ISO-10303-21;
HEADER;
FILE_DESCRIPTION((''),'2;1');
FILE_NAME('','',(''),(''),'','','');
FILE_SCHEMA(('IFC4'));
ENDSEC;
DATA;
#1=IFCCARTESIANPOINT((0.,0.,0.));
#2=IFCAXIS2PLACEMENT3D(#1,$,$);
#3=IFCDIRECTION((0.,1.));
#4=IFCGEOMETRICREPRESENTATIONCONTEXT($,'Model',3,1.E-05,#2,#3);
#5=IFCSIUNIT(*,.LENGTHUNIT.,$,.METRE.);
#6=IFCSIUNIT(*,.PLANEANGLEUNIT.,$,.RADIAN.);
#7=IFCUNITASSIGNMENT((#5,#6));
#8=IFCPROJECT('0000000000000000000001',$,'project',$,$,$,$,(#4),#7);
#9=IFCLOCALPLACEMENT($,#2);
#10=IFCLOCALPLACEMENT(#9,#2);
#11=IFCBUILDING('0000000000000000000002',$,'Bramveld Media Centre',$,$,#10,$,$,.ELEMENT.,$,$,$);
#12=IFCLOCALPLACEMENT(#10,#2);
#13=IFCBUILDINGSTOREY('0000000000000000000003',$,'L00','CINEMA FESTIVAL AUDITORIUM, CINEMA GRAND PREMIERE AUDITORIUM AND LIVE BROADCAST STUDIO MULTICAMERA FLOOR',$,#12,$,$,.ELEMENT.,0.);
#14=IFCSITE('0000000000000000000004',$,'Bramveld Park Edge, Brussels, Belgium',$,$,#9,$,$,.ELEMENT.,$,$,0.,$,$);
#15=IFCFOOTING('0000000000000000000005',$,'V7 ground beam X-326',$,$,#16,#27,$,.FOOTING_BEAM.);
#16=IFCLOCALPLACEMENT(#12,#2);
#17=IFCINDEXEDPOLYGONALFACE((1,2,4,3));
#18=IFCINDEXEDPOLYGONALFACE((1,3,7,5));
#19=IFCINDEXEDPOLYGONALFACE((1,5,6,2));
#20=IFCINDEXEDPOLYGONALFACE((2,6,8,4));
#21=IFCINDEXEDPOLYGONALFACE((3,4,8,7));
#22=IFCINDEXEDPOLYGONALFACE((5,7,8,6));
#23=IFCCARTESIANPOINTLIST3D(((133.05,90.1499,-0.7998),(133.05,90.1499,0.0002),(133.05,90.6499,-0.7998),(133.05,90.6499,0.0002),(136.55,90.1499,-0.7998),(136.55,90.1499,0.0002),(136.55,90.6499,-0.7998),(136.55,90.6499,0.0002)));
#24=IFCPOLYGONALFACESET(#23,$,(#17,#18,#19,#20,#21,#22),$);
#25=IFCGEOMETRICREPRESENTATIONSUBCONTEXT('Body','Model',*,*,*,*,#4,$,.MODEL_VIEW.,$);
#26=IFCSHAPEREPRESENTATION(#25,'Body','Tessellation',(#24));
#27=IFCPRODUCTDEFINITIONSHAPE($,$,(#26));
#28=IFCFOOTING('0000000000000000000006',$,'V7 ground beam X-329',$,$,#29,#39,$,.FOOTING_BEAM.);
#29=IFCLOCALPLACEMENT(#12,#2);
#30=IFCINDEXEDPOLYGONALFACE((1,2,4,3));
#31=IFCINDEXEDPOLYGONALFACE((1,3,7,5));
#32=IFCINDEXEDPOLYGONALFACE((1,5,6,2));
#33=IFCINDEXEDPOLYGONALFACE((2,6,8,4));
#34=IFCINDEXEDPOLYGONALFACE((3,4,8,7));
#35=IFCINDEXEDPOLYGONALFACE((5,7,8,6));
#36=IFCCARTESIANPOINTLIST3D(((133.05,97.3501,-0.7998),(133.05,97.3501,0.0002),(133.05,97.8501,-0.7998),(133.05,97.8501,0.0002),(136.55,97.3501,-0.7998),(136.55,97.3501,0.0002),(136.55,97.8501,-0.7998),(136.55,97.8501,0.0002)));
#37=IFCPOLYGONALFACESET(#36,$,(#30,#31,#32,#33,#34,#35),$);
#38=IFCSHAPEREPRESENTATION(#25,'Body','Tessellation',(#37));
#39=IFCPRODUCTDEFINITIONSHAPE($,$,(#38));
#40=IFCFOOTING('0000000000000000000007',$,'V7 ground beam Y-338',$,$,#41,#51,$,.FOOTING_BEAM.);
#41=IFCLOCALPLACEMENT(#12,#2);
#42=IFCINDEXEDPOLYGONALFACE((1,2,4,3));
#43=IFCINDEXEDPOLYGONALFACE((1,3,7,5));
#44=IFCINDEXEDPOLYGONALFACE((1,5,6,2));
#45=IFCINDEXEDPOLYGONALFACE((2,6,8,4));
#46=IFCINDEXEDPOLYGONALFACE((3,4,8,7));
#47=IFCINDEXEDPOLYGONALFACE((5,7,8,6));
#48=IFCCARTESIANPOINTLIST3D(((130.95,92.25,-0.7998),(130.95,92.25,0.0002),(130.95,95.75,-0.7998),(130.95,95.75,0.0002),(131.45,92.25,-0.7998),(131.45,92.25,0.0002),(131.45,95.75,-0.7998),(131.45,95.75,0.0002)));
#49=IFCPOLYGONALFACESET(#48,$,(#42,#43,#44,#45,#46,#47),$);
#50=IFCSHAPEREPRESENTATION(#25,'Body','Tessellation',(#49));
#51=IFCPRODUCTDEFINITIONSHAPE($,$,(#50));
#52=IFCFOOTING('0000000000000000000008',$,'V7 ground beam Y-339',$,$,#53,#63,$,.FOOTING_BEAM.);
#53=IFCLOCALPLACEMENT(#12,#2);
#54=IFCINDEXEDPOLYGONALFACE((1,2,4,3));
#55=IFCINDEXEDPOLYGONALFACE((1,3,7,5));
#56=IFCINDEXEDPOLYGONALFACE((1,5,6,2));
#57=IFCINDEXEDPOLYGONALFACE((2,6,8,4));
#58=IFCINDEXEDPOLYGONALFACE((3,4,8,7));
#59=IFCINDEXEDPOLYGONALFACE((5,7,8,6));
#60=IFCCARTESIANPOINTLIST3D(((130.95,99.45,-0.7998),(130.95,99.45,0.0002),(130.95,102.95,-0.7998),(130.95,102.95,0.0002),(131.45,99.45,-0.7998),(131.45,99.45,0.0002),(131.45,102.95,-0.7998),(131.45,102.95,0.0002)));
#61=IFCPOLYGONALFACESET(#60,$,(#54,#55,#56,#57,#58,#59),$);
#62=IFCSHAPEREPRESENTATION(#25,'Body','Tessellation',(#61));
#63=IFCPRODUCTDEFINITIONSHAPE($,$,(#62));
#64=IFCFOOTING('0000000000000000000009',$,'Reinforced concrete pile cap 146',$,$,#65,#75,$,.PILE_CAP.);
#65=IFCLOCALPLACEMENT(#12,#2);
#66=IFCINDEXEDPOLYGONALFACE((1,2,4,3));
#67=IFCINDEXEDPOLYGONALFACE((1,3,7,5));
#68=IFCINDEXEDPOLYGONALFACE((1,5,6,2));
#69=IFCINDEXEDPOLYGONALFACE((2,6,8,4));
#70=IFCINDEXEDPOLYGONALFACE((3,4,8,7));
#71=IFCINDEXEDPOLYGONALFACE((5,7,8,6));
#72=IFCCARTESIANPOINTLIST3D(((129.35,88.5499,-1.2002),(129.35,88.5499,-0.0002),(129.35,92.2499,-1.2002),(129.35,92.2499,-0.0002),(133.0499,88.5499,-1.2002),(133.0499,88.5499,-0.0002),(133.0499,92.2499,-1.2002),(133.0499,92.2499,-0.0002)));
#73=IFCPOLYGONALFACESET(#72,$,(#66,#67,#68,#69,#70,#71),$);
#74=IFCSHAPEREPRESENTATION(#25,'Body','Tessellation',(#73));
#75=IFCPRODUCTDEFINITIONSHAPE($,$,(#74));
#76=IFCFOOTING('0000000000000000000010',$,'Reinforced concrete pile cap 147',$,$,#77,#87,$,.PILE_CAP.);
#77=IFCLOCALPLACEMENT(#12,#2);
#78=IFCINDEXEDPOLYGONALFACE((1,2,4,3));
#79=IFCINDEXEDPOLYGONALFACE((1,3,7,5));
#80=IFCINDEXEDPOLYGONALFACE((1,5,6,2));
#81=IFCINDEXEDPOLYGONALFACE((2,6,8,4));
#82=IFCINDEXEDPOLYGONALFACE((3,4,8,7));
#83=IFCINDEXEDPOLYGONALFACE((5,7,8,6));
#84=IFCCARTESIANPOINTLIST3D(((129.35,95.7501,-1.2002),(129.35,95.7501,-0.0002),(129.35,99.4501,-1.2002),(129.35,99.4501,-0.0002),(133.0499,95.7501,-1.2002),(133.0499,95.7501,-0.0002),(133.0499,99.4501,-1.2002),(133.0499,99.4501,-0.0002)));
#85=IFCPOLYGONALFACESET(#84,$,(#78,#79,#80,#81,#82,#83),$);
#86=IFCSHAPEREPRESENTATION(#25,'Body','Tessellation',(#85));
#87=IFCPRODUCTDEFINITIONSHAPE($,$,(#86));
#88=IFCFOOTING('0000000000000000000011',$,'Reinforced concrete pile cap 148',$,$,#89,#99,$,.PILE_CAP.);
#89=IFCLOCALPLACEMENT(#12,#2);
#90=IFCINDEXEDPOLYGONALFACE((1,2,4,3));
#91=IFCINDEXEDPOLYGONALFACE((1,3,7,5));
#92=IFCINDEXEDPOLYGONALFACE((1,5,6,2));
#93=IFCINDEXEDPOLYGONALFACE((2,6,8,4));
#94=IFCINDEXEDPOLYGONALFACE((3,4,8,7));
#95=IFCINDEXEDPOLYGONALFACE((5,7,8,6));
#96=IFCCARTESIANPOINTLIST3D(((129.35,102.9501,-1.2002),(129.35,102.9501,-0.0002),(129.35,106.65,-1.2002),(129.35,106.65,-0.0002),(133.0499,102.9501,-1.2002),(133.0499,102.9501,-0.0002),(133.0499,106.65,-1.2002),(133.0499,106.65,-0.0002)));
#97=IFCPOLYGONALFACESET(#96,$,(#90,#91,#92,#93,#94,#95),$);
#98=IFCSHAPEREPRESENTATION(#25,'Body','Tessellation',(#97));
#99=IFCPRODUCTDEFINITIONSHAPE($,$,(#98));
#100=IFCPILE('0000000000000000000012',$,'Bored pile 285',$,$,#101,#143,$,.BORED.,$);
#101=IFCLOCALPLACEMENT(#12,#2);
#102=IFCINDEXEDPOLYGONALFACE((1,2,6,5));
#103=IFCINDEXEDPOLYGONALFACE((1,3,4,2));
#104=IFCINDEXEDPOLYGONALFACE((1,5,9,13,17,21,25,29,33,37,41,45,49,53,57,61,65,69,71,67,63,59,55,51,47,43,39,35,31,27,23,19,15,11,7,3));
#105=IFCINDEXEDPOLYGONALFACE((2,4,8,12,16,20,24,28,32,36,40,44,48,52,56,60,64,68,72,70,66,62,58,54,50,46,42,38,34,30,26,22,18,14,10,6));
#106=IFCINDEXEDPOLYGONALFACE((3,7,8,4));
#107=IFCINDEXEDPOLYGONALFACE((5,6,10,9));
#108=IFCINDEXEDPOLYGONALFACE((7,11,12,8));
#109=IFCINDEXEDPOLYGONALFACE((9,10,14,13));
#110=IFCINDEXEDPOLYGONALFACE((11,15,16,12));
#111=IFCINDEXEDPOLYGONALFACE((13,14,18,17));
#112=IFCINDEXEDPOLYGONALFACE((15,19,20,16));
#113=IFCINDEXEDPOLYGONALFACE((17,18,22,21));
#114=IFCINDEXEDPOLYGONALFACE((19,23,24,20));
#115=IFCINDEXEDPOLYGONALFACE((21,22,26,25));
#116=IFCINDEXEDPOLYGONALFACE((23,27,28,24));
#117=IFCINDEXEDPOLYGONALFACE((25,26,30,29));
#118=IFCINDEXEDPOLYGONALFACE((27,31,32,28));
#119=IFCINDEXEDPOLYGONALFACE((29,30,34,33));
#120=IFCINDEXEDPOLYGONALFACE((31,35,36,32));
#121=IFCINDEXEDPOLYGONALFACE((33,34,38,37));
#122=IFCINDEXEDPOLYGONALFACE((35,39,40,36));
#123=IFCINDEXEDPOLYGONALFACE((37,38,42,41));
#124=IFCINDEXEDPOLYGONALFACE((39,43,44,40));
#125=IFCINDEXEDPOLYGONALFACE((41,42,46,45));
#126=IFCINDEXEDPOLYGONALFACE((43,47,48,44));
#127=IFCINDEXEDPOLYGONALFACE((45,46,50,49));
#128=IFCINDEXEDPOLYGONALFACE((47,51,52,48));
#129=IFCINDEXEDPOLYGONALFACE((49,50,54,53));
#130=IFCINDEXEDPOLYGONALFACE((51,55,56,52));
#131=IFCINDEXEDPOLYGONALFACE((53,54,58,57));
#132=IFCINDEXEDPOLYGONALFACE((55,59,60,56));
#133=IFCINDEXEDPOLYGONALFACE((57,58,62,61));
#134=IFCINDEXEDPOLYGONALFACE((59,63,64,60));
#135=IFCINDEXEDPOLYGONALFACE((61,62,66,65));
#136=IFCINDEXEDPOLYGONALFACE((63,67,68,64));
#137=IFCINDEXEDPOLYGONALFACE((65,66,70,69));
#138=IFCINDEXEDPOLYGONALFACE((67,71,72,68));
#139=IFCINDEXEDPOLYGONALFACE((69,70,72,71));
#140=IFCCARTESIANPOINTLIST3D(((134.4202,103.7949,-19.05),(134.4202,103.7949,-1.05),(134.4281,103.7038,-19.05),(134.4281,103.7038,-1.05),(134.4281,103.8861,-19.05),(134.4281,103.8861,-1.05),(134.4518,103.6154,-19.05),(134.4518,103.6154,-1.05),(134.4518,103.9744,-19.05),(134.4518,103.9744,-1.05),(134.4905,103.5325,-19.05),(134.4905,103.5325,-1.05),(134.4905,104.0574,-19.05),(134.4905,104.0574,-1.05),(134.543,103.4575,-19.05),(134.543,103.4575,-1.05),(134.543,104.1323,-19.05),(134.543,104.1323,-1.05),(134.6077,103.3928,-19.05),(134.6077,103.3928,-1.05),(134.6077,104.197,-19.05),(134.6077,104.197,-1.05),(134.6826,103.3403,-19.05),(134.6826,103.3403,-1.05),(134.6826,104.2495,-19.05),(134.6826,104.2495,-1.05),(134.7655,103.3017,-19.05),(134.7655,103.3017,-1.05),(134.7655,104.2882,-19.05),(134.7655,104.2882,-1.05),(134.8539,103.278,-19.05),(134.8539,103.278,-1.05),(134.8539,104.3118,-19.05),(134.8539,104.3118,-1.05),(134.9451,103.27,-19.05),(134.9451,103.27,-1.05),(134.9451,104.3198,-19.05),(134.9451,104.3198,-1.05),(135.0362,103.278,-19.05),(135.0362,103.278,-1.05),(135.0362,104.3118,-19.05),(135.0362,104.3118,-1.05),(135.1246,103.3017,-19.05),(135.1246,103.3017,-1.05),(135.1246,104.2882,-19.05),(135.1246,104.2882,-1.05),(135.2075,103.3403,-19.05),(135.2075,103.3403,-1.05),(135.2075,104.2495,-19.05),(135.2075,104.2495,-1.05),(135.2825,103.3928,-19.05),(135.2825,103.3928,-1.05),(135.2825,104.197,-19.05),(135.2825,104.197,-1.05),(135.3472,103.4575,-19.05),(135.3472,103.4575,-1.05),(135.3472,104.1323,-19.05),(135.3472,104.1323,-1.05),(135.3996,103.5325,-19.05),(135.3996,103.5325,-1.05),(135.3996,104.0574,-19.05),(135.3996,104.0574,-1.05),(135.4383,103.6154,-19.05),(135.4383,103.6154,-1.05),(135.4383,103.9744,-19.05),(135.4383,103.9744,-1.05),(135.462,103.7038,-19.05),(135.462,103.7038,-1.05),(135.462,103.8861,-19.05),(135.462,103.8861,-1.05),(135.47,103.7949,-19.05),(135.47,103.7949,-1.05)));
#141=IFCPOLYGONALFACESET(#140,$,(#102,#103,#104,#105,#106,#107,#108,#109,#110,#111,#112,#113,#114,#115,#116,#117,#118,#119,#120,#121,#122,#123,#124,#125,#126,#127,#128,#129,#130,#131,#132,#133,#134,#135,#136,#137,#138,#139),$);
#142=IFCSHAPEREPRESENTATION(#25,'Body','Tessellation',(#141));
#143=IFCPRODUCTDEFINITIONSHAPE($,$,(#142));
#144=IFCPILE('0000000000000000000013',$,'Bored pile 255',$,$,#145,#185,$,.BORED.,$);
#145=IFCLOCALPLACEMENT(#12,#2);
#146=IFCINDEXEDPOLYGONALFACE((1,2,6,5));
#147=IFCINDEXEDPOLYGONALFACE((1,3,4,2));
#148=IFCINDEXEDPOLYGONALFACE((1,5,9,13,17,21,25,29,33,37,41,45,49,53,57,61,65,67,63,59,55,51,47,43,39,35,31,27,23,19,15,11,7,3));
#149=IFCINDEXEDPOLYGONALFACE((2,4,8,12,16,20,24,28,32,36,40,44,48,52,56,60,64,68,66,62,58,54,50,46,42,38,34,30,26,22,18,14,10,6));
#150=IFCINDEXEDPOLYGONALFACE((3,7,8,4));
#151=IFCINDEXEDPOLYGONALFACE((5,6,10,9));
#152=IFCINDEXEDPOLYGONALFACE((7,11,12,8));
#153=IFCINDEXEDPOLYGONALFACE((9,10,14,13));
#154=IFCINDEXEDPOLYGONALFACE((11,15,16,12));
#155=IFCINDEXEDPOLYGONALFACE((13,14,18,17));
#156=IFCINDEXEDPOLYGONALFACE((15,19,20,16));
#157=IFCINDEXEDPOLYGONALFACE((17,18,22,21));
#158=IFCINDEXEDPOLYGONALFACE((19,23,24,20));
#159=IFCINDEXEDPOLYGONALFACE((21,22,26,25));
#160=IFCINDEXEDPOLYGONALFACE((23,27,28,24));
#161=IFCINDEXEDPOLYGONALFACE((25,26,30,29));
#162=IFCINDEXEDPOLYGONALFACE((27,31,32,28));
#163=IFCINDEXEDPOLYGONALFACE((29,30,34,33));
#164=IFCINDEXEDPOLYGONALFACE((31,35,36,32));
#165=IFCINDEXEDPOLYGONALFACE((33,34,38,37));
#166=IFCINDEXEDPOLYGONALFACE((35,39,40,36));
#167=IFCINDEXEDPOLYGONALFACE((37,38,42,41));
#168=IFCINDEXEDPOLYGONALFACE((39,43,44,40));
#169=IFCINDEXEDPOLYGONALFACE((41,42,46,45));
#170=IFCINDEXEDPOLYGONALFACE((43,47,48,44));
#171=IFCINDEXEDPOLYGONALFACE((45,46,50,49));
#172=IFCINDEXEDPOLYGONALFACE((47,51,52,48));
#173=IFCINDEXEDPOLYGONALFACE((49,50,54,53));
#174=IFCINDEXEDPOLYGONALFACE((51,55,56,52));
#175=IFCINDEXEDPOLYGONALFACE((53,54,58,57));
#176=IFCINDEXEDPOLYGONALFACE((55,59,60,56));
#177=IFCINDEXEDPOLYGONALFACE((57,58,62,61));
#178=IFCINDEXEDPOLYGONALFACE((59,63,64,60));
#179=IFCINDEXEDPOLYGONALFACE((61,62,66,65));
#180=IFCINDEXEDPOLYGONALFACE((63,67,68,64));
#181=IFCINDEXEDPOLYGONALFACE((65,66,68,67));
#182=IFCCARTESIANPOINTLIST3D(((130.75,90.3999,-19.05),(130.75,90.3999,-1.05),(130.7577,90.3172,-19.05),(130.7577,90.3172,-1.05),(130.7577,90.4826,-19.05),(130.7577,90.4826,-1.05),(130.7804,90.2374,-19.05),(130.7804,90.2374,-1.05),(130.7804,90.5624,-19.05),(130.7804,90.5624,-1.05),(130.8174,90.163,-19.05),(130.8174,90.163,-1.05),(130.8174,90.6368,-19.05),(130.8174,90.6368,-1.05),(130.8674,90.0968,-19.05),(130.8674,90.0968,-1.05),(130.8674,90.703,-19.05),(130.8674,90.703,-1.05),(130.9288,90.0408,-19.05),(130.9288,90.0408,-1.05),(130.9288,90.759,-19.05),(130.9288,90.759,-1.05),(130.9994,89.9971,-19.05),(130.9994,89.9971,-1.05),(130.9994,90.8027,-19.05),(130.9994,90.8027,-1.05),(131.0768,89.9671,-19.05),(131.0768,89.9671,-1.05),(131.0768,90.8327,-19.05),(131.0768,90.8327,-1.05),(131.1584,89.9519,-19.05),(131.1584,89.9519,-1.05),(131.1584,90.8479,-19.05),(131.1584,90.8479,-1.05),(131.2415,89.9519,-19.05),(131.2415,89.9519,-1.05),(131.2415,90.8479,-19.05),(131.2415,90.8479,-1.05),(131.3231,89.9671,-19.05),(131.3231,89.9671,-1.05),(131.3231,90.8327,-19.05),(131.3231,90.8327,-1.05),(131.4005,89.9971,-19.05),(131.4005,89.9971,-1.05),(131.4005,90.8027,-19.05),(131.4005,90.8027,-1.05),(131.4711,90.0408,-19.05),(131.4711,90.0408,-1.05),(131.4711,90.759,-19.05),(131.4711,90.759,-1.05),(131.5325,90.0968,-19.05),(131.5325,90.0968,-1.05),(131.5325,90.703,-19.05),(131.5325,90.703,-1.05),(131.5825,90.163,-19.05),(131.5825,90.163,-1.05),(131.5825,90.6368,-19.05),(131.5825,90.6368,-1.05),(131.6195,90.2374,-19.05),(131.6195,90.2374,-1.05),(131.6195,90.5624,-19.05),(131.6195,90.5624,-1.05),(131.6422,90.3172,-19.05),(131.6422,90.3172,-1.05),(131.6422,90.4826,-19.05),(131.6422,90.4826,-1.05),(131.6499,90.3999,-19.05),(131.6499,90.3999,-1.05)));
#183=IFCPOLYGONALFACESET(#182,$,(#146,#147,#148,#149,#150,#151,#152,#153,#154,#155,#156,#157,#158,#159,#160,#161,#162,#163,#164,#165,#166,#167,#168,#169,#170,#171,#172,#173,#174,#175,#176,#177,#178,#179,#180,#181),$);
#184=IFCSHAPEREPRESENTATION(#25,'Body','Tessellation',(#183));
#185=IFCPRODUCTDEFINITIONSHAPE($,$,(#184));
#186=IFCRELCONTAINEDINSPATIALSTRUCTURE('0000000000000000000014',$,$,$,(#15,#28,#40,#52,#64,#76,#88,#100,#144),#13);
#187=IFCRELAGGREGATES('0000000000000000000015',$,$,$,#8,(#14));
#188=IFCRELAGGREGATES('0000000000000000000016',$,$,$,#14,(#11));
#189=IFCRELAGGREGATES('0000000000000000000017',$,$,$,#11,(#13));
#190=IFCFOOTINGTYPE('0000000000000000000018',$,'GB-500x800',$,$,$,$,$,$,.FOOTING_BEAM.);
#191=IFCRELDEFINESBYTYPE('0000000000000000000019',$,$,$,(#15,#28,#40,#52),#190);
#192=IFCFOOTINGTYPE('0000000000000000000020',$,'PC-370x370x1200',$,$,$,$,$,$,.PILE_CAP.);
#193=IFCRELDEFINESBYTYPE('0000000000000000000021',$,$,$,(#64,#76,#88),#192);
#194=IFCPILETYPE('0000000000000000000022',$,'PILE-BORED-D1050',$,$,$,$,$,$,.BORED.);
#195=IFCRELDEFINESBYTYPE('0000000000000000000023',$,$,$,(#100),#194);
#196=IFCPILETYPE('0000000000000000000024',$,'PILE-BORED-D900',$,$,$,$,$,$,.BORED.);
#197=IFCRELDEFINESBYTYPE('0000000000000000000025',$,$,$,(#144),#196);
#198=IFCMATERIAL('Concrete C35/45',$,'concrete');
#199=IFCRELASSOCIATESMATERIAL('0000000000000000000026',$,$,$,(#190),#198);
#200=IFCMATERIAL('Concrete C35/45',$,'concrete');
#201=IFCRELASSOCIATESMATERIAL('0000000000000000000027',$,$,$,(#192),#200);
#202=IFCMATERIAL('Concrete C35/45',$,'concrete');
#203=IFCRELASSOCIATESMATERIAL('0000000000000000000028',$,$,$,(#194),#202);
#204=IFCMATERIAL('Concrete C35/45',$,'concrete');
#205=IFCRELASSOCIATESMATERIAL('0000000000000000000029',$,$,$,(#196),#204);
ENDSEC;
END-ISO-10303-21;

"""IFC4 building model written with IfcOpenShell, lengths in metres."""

from ifc_helpers import new_model, si_unit, direction, frame, origin, origin_2d, place, context, subcontext, project, spatial, rectangle, circle, extrude, material, material_profile, profile_set, type_object, element, save


model = new_model("IFC4")

# Units and contexts
model_context = context("Model", 3, precision=1e-05, world=origin(), true_north=direction((0.0, 1.0)))
body_context = subcontext(model_context, "Body", "Model", "MODEL_VIEW")
ifc_project = project(units=[si_unit("LENGTHUNIT", "METRE"), si_unit("PLANEANGLEUNIT", "RADIAN")], contexts=[model_context])

# Site, building, storey
site_placement = place(None, origin())
site = spatial("IfcSite", under=ifc_project, at=site_placement, Name="Bramveld Park Edge, Brussels, Belgium", CompositionType="ELEMENT", RefElevation=0.0)
building_placement = place(site_placement, origin())
building = spatial("IfcBuilding", under=site, at=building_placement, Name="Bramveld Media Centre", CompositionType="ELEMENT")
storey_placement = place(building_placement, origin())
storey = spatial("IfcBuildingStorey", under=building, at=storey_placement, Name="L00", Description="CINEMA FESTIVAL AUDITORIUM, CINEMA GRAND PREMIERE AUDITORIUM AND LIVE BROADCAST STUDIO MULTICAMERA FLOOR", CompositionType="ELEMENT", Elevation=0.0)

# Footings
ifc_material_1 = material(Name="Concrete C35/45", Category="concrete")
footing_type_1 = type_object("IfcFootingType", Name="GB-500x800", PredefinedType="FOOTING_BEAM", material=ifc_material_1)
for number, where, z_axis, x_axis, name in (
    (1, (134.8, 90.3999, -0.7998), (0.0, 0.0, 1.0), (1.0, 0.0, 0.0), "V7 ground beam X-326"),
    (2, (134.8, 97.6001, -0.7998), (0.0, 0.0, 1.0), (1.0, 0.0, 0.0), "V7 ground beam X-329"),
):
    element("IfcFooting", number, at=place(storey_placement, frame(where, z_axis=z_axis, x_axis=x_axis)), inside=storey, type_object=footing_type_1, Name=name, PredefinedType="FOOTING_BEAM", context=body_context, shape_type="SweptSolid", body=[
        extrude(rectangle(XDim=3.5, YDim=0.5, at=origin_2d()), origin(), (0.0, 0.0, 1.0), 0.8),
    ])
for number, where, z_axis, x_axis, name in (
    (3, (131.2, 94.0, -0.7998), (0.0, 0.0, 1.0), (1.0, 0.0, 0.0), "V7 ground beam Y-338"),
    (4, (131.2, 101.2, -0.7998), (0.0, 0.0, 1.0), (1.0, 0.0, 0.0), "V7 ground beam Y-339"),
):
    element("IfcFooting", number, at=place(storey_placement, frame(where, z_axis=z_axis, x_axis=x_axis)), inside=storey, type_object=footing_type_1, Name=name, PredefinedType="FOOTING_BEAM", context=body_context, shape_type="SweptSolid", body=[
        extrude(rectangle(XDim=0.5, YDim=3.5, at=origin_2d()), origin(), (0.0, 0.0, 1.0), 0.8),
    ])
ifc_material_2 = material(Name="Concrete C35/45", Category="concrete")
footing_type_2 = type_object("IfcFootingType", Name="PC-370x370x1200", PredefinedType="PILE_CAP", material=ifc_material_2)
for number, where, z_axis, x_axis, name in (
    (5, (131.2, 90.3999, -1.2002), (0.0, 0.0, 1.0), (1.0, 0.0, 0.0), "Reinforced concrete pile cap 146"),
    (6, (131.2, 97.6001, -1.2002), (0.0, 0.0, 1.0), (1.0, 0.0, 0.0), "Reinforced concrete pile cap 147"),
    (7, (131.2, 104.8, -1.2002), (0.0, 0.0, 1.0), (1.0, 0.0, 0.0), "Reinforced concrete pile cap 148"),
):
    element("IfcFooting", number, at=place(storey_placement, frame(where, z_axis=z_axis, x_axis=x_axis)), inside=storey, type_object=footing_type_2, Name=name, PredefinedType="PILE_CAP", context=body_context, shape_type="SweptSolid", body=[
        extrude(rectangle(XDim=3.7, YDim=3.7, at=origin_2d()), origin(), (0.0, 0.0, 1.0), 1.2),
    ])

# Piles
ifc_material_3 = material(Name="Concrete C35/45", Category="concrete")
ifc_material_profile_1 = material_profile(ifc_material_3, circle(Radius=0.5249, at=origin_2d()), Name="BORED D1050")
ifc_profile_set_1 = profile_set([ifc_material_profile_1], Name="Concrete C35/45")
pile_type_1 = type_object("IfcPileType", Name="PILE-BORED-D1050", PredefinedType="BORED", material=ifc_profile_set_1)
pile_placement = place(storey_placement, frame((134.9451, 103.7949, -1.05), z_axis=(0.0, 0.0, -1.0), x_axis=(1.0, 0.0, 0.0)))
element("IfcPile", 8, at=pile_placement, inside=storey, type_object=pile_type_1, Name="Bored pile 285", PredefinedType="BORED", context=body_context, shape_type="SweptSolid", body=[
    extrude(circle(Radius=0.5249, at=origin_2d()), origin(), (0.0, 0.0, 1.0), 18.0),
])
ifc_material_4 = material(Name="Concrete C35/45", Category="concrete")
ifc_material_profile_2 = material_profile(ifc_material_4, circle(Radius=0.45, at=origin_2d()), Name="BORED D900")
ifc_profile_set_2 = profile_set([ifc_material_profile_2], Name="Concrete C35/45")
pile_type_2 = type_object("IfcPileType", Name="PILE-BORED-D900", PredefinedType="BORED", material=ifc_profile_set_2)
for number, where, z_axis, x_axis, name in (
    (9, (131.2, 90.3999, -1.05), (0.0, 0.0, -1.0), (1.0, 0.0, 0.0), "Bored pile 255"),
):
    element("IfcPile", number, at=place(storey_placement, frame(where, z_axis=z_axis, x_axis=x_axis)), inside=storey, type_object=pile_type_2, Name=name, PredefinedType="BORED", context=body_context, shape_type="SweptSolid", body=[
        extrude(circle(Radius=0.45, at=origin_2d()), origin(), (0.0, 0.0, 1.0), 18.0),
    ])

save(model, "model.ifc")
